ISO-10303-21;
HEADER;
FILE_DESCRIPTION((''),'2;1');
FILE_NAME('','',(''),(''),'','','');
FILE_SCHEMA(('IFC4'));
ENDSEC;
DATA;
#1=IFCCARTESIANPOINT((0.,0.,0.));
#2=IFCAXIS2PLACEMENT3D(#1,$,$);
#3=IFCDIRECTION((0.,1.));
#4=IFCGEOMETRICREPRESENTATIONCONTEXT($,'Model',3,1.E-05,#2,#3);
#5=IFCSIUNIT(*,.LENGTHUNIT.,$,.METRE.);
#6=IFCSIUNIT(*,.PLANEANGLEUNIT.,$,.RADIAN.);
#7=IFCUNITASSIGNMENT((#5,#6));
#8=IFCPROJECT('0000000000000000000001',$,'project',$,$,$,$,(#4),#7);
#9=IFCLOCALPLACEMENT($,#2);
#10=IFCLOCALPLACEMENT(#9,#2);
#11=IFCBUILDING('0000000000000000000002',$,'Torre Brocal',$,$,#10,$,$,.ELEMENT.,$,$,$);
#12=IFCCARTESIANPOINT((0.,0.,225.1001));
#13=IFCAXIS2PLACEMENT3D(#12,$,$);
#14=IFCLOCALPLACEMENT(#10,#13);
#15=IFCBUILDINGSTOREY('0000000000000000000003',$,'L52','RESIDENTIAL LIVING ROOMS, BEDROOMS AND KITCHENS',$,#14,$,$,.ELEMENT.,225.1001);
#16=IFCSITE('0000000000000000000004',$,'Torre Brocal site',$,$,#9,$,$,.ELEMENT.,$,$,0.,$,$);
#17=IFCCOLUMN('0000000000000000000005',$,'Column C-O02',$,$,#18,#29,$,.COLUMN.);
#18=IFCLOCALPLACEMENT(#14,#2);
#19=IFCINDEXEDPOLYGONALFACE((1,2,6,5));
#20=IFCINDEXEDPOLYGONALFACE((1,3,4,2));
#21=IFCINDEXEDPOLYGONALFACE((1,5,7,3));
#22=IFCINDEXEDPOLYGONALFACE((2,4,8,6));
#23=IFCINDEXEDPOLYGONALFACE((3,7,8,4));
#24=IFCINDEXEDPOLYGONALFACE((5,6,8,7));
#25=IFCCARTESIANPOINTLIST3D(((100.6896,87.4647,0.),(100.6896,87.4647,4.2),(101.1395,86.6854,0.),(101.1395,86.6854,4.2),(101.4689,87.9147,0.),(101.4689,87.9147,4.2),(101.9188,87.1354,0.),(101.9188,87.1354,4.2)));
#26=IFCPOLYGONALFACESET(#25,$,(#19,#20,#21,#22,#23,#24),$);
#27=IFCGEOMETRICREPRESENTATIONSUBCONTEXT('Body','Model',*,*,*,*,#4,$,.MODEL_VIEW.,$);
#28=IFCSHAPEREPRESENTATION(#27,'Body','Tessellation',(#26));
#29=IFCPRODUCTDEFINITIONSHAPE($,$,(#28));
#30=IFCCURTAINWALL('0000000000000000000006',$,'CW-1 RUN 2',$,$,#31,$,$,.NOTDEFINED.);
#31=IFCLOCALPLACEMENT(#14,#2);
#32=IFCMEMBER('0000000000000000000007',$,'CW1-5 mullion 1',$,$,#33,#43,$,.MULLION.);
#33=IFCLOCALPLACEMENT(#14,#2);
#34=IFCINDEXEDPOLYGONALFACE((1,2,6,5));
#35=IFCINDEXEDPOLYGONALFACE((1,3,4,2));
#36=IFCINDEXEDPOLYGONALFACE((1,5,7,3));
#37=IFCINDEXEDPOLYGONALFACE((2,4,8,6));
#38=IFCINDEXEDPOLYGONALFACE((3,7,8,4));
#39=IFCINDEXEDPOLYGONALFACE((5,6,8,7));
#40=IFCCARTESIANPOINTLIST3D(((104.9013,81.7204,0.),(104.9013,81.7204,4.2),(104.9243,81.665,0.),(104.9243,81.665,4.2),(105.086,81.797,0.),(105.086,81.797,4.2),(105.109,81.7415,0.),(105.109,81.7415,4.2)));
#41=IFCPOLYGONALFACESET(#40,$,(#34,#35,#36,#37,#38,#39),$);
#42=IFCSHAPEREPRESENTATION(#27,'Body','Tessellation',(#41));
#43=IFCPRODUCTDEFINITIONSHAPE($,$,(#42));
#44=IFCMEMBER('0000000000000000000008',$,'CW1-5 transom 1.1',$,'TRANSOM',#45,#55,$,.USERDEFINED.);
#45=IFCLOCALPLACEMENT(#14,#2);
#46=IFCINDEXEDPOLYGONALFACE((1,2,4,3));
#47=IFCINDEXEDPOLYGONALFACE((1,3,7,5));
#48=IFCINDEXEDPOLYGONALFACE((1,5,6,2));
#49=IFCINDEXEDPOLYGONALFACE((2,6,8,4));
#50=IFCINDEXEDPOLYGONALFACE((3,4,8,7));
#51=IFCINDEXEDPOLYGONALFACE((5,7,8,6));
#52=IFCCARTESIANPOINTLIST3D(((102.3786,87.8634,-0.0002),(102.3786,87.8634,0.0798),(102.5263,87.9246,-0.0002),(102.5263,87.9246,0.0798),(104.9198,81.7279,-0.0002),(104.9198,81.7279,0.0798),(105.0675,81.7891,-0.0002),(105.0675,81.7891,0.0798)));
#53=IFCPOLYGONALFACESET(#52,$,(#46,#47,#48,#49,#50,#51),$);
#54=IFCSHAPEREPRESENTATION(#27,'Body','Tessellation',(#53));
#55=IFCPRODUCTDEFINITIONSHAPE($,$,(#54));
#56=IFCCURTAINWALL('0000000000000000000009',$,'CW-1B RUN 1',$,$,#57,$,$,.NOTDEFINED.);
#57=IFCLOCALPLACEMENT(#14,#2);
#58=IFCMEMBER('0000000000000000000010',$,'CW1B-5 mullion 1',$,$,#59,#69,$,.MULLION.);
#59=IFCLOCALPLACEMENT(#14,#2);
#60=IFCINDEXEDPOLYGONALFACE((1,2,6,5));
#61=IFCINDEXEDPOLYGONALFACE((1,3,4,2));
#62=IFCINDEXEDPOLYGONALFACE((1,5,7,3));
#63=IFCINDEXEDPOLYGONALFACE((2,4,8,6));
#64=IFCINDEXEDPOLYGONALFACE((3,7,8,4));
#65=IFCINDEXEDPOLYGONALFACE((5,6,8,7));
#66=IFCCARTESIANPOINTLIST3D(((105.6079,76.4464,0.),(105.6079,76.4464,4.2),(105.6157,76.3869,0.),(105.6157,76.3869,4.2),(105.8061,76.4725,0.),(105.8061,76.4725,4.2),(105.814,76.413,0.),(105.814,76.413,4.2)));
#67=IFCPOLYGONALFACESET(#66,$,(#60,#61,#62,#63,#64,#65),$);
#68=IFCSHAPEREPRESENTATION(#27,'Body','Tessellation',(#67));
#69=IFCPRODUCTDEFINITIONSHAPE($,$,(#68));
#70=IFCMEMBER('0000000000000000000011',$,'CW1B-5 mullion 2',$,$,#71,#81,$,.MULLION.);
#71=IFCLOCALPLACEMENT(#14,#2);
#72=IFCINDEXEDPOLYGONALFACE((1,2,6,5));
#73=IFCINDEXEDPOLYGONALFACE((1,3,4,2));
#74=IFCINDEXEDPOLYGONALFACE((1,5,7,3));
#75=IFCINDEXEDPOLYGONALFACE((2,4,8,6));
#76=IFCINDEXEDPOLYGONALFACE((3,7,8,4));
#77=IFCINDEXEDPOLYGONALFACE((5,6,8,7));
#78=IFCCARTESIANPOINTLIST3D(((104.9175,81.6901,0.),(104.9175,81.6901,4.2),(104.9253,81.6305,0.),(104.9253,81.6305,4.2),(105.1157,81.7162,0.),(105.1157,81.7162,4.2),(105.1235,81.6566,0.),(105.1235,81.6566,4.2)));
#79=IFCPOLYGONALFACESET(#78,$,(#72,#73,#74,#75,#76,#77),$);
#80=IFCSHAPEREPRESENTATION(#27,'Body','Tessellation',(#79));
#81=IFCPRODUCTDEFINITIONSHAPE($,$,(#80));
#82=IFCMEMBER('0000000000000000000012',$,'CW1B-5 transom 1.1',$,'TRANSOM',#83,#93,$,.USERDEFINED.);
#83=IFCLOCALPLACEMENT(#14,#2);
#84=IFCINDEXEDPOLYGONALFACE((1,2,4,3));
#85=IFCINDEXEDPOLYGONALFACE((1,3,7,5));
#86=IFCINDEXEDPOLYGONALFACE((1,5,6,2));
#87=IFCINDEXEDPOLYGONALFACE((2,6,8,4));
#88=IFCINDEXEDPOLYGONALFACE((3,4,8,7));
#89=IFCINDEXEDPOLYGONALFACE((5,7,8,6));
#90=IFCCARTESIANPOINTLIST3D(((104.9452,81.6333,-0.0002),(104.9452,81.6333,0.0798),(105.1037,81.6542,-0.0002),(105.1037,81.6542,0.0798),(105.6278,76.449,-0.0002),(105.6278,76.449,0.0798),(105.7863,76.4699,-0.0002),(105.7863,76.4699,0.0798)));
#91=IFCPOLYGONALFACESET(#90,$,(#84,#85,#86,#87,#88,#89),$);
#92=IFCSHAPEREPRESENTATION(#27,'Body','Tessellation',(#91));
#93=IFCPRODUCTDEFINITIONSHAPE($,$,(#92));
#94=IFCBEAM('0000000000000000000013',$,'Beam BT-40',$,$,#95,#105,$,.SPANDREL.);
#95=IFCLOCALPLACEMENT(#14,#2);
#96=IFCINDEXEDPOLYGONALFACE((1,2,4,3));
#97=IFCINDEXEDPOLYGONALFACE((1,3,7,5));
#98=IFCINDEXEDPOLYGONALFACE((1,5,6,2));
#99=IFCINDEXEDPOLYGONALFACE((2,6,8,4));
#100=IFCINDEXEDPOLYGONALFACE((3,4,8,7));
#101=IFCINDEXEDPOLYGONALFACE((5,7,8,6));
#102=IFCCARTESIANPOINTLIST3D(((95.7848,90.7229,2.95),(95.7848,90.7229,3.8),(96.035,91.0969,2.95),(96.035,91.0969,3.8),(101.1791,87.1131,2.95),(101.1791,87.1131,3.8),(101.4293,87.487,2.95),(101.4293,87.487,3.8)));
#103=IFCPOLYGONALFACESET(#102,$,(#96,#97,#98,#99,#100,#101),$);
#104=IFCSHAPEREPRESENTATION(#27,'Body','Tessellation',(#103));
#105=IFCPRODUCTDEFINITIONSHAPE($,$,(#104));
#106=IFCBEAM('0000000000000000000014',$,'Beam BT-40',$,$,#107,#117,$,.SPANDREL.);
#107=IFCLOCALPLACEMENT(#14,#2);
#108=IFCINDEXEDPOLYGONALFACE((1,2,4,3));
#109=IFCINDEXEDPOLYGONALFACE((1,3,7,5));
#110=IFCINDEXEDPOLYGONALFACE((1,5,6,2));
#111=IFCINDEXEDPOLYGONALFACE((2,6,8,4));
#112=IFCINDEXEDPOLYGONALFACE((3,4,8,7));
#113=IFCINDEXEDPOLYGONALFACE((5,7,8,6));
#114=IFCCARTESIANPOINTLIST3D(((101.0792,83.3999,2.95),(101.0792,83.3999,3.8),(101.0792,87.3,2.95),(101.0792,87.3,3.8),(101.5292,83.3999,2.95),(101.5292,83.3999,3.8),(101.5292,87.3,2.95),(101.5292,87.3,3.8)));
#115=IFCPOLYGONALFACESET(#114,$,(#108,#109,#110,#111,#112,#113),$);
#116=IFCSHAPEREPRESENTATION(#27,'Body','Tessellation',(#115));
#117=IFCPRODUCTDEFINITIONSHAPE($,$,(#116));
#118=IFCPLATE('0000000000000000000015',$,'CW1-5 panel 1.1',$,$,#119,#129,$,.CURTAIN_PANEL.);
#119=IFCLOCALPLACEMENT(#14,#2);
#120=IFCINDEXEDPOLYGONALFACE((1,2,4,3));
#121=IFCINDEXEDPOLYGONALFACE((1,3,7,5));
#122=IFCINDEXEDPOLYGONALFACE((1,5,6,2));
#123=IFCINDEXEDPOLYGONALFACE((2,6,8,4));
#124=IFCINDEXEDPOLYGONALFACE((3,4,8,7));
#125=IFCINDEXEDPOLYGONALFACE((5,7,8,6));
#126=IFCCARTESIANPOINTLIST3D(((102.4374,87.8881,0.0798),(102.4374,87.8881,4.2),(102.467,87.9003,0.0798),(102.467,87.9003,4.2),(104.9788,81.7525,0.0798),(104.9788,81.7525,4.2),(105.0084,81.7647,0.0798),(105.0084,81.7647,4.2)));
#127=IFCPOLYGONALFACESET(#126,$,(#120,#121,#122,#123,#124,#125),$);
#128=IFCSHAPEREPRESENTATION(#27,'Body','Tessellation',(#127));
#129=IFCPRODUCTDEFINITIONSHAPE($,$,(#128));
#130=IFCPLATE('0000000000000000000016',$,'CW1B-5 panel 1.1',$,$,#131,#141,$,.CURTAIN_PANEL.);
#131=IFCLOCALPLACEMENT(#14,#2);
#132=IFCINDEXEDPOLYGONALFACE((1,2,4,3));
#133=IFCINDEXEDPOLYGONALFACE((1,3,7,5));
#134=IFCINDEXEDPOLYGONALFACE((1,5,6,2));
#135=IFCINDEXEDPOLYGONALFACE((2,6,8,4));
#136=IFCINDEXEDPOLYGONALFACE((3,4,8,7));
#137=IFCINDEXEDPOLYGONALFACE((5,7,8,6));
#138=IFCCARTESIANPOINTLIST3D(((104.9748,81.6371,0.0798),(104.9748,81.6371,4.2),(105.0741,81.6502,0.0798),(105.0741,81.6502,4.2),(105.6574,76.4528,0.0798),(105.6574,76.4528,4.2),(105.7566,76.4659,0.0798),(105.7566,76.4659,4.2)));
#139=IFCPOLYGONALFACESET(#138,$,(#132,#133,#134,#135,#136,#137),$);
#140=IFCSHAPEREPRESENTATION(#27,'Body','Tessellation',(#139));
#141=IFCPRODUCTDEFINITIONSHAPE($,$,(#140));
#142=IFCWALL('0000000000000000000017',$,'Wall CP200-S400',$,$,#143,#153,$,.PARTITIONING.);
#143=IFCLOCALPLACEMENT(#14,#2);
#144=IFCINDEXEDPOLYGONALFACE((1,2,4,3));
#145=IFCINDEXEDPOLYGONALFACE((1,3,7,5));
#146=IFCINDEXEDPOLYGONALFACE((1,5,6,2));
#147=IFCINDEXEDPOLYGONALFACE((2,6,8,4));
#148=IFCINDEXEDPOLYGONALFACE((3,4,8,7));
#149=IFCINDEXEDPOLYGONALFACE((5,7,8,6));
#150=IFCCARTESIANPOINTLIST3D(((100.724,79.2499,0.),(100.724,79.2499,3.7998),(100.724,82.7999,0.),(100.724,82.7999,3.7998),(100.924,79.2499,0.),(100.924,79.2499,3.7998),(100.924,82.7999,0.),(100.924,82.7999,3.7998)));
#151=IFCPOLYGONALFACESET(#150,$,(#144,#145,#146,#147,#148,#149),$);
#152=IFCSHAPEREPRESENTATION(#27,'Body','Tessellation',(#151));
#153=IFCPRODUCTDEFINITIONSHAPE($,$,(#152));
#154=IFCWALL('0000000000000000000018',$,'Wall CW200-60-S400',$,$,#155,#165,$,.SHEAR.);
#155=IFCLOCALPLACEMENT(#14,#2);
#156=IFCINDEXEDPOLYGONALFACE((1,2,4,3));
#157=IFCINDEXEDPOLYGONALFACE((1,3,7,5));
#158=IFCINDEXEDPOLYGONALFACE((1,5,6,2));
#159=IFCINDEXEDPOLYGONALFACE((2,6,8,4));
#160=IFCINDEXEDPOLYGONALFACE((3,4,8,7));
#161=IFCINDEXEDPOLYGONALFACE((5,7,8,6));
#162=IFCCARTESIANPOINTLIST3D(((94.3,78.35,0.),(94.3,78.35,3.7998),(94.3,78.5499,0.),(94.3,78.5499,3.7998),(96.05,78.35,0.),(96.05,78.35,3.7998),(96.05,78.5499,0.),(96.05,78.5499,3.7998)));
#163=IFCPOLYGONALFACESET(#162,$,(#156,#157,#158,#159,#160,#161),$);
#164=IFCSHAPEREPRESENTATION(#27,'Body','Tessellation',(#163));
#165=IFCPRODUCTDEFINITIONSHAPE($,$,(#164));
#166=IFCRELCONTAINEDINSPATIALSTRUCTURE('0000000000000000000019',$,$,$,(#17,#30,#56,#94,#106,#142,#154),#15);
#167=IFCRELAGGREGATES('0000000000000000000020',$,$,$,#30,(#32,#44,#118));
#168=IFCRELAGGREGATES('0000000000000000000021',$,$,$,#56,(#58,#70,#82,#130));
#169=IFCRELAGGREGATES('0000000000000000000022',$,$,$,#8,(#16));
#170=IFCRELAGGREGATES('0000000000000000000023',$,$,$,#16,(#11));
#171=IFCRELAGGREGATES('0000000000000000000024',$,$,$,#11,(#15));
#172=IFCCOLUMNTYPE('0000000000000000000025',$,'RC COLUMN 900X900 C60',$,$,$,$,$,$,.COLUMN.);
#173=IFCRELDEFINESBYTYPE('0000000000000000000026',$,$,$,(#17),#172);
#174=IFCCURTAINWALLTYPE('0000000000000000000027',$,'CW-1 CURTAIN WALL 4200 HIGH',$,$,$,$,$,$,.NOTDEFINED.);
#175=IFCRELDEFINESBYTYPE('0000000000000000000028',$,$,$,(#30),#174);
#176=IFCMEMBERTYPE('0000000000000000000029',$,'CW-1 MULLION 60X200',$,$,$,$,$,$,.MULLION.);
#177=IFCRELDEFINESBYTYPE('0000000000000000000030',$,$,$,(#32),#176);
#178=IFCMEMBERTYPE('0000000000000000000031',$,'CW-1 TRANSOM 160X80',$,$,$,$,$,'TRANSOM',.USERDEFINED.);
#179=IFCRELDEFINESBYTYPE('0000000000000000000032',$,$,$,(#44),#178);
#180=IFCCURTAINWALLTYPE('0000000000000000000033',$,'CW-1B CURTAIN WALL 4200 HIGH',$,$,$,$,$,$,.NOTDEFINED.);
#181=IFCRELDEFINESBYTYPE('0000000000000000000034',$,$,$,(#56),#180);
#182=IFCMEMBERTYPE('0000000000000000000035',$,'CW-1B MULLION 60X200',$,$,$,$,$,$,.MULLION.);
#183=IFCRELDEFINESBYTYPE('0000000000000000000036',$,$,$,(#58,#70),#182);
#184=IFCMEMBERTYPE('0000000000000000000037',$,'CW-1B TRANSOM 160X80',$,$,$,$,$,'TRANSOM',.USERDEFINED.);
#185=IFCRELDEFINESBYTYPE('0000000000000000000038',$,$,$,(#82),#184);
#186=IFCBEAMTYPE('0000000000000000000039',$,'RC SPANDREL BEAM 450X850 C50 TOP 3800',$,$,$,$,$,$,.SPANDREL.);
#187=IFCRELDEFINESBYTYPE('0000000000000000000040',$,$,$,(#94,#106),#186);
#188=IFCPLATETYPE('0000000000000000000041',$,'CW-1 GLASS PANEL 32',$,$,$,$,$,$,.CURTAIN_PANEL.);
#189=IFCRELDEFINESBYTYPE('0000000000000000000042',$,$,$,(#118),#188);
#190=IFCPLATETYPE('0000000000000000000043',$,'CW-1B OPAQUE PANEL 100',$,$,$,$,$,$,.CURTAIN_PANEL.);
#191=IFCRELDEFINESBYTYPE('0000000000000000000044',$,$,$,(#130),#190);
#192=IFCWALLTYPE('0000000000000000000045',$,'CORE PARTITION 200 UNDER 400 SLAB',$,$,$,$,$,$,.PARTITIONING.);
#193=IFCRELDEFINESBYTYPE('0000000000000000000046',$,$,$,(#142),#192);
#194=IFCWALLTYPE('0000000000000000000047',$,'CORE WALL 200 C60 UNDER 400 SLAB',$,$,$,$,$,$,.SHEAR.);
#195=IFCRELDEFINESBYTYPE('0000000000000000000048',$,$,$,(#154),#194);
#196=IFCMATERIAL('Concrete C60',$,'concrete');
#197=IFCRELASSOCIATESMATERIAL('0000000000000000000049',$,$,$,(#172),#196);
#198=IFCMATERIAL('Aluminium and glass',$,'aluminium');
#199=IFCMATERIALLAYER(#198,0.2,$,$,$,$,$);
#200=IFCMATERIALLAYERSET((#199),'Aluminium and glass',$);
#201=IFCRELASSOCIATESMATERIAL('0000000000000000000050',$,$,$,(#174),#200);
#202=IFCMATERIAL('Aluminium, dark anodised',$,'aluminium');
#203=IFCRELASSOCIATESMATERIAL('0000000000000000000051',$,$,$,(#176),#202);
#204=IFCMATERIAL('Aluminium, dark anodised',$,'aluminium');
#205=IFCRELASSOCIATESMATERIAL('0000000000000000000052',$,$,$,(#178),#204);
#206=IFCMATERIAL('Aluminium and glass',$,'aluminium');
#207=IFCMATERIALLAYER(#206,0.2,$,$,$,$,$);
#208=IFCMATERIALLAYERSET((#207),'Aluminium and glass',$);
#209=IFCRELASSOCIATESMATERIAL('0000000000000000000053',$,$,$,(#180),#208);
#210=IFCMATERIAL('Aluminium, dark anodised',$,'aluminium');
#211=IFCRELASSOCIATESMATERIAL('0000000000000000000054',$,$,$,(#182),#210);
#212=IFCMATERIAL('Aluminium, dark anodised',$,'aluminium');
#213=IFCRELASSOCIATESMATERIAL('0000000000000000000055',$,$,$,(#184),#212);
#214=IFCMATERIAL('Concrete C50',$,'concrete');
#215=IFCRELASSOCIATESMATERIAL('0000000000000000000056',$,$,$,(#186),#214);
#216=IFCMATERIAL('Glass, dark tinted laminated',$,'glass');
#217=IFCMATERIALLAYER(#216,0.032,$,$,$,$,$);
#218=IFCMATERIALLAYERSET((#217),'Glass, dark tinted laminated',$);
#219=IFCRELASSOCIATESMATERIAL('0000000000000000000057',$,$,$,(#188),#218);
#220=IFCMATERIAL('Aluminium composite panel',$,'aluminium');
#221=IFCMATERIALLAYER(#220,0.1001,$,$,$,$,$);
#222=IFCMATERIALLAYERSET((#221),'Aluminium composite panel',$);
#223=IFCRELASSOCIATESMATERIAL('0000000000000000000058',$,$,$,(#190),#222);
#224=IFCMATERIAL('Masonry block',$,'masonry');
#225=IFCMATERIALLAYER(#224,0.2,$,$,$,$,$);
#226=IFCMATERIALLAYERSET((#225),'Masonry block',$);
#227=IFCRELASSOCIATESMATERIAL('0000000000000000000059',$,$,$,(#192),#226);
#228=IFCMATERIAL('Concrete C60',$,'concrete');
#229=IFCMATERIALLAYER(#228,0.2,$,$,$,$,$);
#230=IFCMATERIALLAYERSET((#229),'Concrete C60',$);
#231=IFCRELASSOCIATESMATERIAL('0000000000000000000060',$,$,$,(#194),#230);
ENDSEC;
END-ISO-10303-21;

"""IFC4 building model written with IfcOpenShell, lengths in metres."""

from ifc_helpers import new_model, si_unit, direction, frame, frame_2d, origin, origin_2d, place, context, subcontext, project, spatial, rectangle, extrude, material, layer, layer_set, material_profile, profile_set, type_object, element, aggregate, save


model = new_model("IFC4")

# Units and contexts
model_context = context("Model", 3, precision=1e-05, world=origin(), true_north=direction((0.0, 1.0)))
body_context = subcontext(model_context, "Body", "Model", "MODEL_VIEW")
ifc_project = project(units=[si_unit("LENGTHUNIT", "METRE"), si_unit("PLANEANGLEUNIT", "RADIAN")], contexts=[model_context])

# Site, building, storey
site_placement = place(None, origin())
site = spatial("IfcSite", under=ifc_project, at=site_placement, Name="Torre Brocal site", CompositionType="ELEMENT", RefElevation=0.0)
building_placement = place(site_placement, origin())
building = spatial("IfcBuilding", under=site, at=building_placement, Name="Torre Brocal", CompositionType="ELEMENT")
storey_placement = place(building_placement, frame((0.0, 0.0, 225.1001)))
storey = spatial("IfcBuildingStorey", under=building, at=storey_placement, Name="L52", Description="RESIDENTIAL LIVING ROOMS, BEDROOMS AND KITCHENS", CompositionType="ELEMENT", Elevation=225.1001)

# Column
ifc_material_1 = material(Name="Concrete C60", Category="concrete")
ifc_material_profile_1 = material_profile(ifc_material_1, rectangle(XDim=0.8999, YDim=0.8999, at=origin_2d()), Name="RC 900X900")
ifc_profile_set_1 = profile_set([ifc_material_profile_1], Name="Concrete C60")
column_type = type_object("IfcColumnType", Name="RC COLUMN 900X900 C60", PredefinedType="COLUMN", material=ifc_profile_set_1)
column_placement = place(storey_placement, frame((101.3042, 87.3, 0.0), z_axis=(0.0, 0.0, 1.0), x_axis=(0.866025, 0.5, 0.0)))
element("IfcColumn", 1, at=column_placement, inside=storey, type_object=column_type, Name="Column C-O02", PredefinedType="COLUMN", context=body_context, shape_type="SweptSolid", body=[
    extrude(rectangle(XDim=0.8999, YDim=0.8999, at=origin_2d()), origin(), (0.0, 0.0, 1.0), 4.2),
])

# Curtain walls, members
ifc_material_2 = material(Name="Aluminium and glass", Category="aluminium")
ifc_layer_1 = layer(ifc_material_2, 0.2)
ifc_layer_set_1 = layer_set([ifc_layer_1], Name="Aluminium and glass")
curtain_wall_type_1 = type_object("IfcCurtainWallType", Name="CW-1 CURTAIN WALL 4200 HIGH", PredefinedType="NOTDEFINED", material=ifc_layer_set_1)
curtain_wall_1_placement = place(storey_placement, origin())
curtain_wall_1 = element("IfcCurtainWall", 2, at=curtain_wall_1_placement, inside=storey, type_object=curtain_wall_type_1, Name="CW-1 RUN 2", PredefinedType="NOTDEFINED")
ifc_material_3 = material(Name="Aluminium, dark anodised", Category="aluminium")
ifc_material_profile_2 = material_profile(ifc_material_3, rectangle(XDim=0.2, YDim=0.0601, at=origin_2d()), Name="CW-1 MULLION 60X200")
ifc_profile_set_2 = profile_set([ifc_material_profile_2], Name="Aluminium, dark anodised")
member_type_1 = type_object("IfcMemberType", Name="CW-1 MULLION 60X200", PredefinedType="MULLION", material=ifc_profile_set_2)
member_1_placement = place(storey_placement, frame((105.0051, 81.731, 0.0), z_axis=(0.0, 0.0, 1.0), x_axis=(-0.92388, -0.382683, 0.0)))
member_1 = element("IfcMember", 3, at=member_1_placement, type_object=member_type_1, Name="CW1-5 mullion 1", PredefinedType="MULLION", context=body_context, shape_type="SweptSolid", body=[
    extrude(rectangle(XDim=0.2, YDim=0.0601, at=origin_2d()), origin(), (0.0, 0.0, 1.0), 4.2),
])
ifc_material_4 = material(Name="Aluminium, dark anodised", Category="aluminium")
ifc_material_profile_3 = material_profile(ifc_material_4, rectangle(XDim=0.1599, YDim=0.0801, at=origin_2d()), Name="CW-1 TRANSOM 160X80")
ifc_profile_set_3 = profile_set([ifc_material_profile_3], Name="Aluminium, dark anodised")
member_type_2 = type_object("IfcMemberType", Name="CW-1 TRANSOM 160X80", ElementType="TRANSOM", PredefinedType="USERDEFINED", material=ifc_profile_set_3)
member_2_placement = place(storey_placement, frame((104.9937, 81.7585, 0.0398), z_axis=(-0.382665, 0.923887, 0.0), x_axis=(-0.923887, -0.382665, 0.0)))
member_2 = element("IfcMember", 4, at=member_2_placement, type_object=member_type_2, Name="CW1-5 transom 1.1", ObjectType="TRANSOM", PredefinedType="USERDEFINED", context=body_context, shape_type="SweptSolid", body=[
    extrude(rectangle(XDim=0.1599, YDim=0.0801, at=origin_2d()), origin(), (0.0, 0.0, 1.0), 6.6409),
])
ifc_material_5 = material(Name="Aluminium and glass", Category="aluminium")
ifc_layer_2 = layer(ifc_material_5, 0.2)
ifc_layer_set_2 = layer_set([ifc_layer_2], Name="Aluminium and glass")
curtain_wall_type_2 = type_object("IfcCurtainWallType", Name="CW-1B CURTAIN WALL 4200 HIGH", PredefinedType="NOTDEFINED", material=ifc_layer_set_2)
curtain_wall_2_placement = place(storey_placement, origin())
curtain_wall_2 = element("IfcCurtainWall", 5, at=curtain_wall_2_placement, inside=storey, type_object=curtain_wall_type_2, Name="CW-1B RUN 1", PredefinedType="NOTDEFINED")
ifc_material_6 = material(Name="Aluminium, dark anodised", Category="aluminium")
ifc_material_profile_4 = material_profile(ifc_material_6, rectangle(XDim=0.2, YDim=0.0601, at=origin_2d()), Name="CW-1B MULLION 60X200")
ifc_profile_set_4 = profile_set([ifc_material_profile_4], Name="Aluminium, dark anodised")
member_type_3 = type_object("IfcMemberType", Name="CW-1B MULLION 60X200", PredefinedType="MULLION", material=ifc_profile_set_4)
member_3_placement = place(storey_placement, frame((105.7109, 76.4297, 0.0), z_axis=(0.0, 0.0, 1.0), x_axis=(-0.991445, -0.130526, 0.0)))
member_3 = element("IfcMember", 6, at=member_3_placement, type_object=member_type_3, Name="CW1B-5 mullion 1", PredefinedType="MULLION", context=body_context, shape_type="SweptSolid", body=[
    extrude(rectangle(XDim=0.2, YDim=0.0601, at=origin_2d()), origin(), (0.0, 0.0, 1.0), 4.2),
])
member_4_placement = place(storey_placement, frame((105.0205, 81.6733, 0.0), z_axis=(0.0, 0.0, 1.0), x_axis=(-0.991445, -0.130526, 0.0)))
member_4 = element("IfcMember", 7, at=member_4_placement, type_object=member_type_3, Name="CW1B-5 mullion 2", PredefinedType="MULLION", context=body_context, shape_type="SweptSolid", body=[
    extrude(rectangle(XDim=0.2, YDim=0.0601, at=origin_2d()), origin(), (0.0, 0.0, 1.0), 4.2),
])
ifc_material_7 = material(Name="Aluminium, dark anodised", Category="aluminium")
ifc_material_profile_5 = material_profile(ifc_material_7, rectangle(XDim=0.1599, YDim=0.0801, at=origin_2d()), Name="CW-1B TRANSOM 160X80")
ifc_profile_set_5 = profile_set([ifc_material_profile_5], Name="Aluminium, dark anodised")
member_type_4 = type_object("IfcMemberType", Name="CW-1B TRANSOM 160X80", ElementType="TRANSOM", PredefinedType="USERDEFINED", material=ifc_profile_set_5)
member_5_placement = place(storey_placement, frame((105.707, 76.4595, 0.0398), z_axis=(-0.130543, 0.991443, 0.0), x_axis=(-0.991443, -0.130543, 0.0)))
member_5 = element("IfcMember", 8, at=member_5_placement, type_object=member_type_4, Name="CW1B-5 transom 1.1", ObjectType="TRANSOM", PredefinedType="USERDEFINED", context=body_context, shape_type="SweptSolid", body=[
    extrude(rectangle(XDim=0.1599, YDim=0.0801, at=origin_2d()), origin(), (0.0, 0.0, 1.0), 5.229),
])

# Beams
ifc_material_8 = material(Name="Concrete C50", Category="concrete")
ifc_material_profile_6 = material_profile(ifc_material_8, rectangle(XDim=0.45, YDim=0.8501, at=origin_2d()), Name="RC 450X850")
ifc_profile_set_6 = profile_set([ifc_material_profile_6], Name="Concrete C50")
beam_type = type_object("IfcBeamType", Name="RC SPANDREL BEAM 450X850 C50 TOP 3800", PredefinedType="SPANDREL", material=ifc_profile_set_6)
beam_1_placement = place(storey_placement, frame((101.3042, 87.3, 3.375), z_axis=(-0.831077, 0.556158, 0.0), x_axis=(-0.556158, -0.831077, 0.0)))
element("IfcBeam", 9, at=beam_1_placement, inside=storey, type_object=beam_type, Name="Beam BT-40", PredefinedType="SPANDREL", context=body_context, shape_type="SweptSolid", body=[
    extrude(rectangle(XDim=0.45, YDim=0.8501, at=origin_2d()), origin(), (0.0, 0.0, 1.0), 6.4907),
])
beam_2_placement = place(storey_placement, frame((101.3042, 87.3, 3.375), z_axis=(0.0, -1.0, 0.0), x_axis=(1.0, 0.0, 0.0)))
element("IfcBeam", 10, at=beam_2_placement, inside=storey, type_object=beam_type, Name="Beam BT-40", PredefinedType="SPANDREL", context=body_context, shape_type="SweptSolid", body=[
    extrude(rectangle(XDim=0.45, YDim=0.8501, at=origin_2d()), origin(), (0.0, 0.0, 1.0), 3.9001),
])

# Plates
ifc_material_9 = material(Name="Glass, dark tinted laminated", Category="glass")
ifc_layer_3 = layer(ifc_material_9, 0.032)
ifc_layer_set_3 = layer_set([ifc_layer_3], Name="Glass, dark tinted laminated")
plate_type_1 = type_object("IfcPlateType", Name="CW-1 GLASS PANEL 32", PredefinedType="CURTAIN_PANEL", material=ifc_layer_set_3)
plate_1_placement = place(storey_placement, frame((103.7229, 84.8264, 0.0798), z_axis=(0.0, 0.0, 1.0), x_axis=(-0.382683, 0.92388, 0.0)))
plate_1 = element("IfcPlate", 11, at=plate_1_placement, type_object=plate_type_1, Name="CW1-5 panel 1.1", PredefinedType="CURTAIN_PANEL", context=body_context, shape_type="SweptSolid", body=[
    extrude(rectangle(XDim=6.6411, YDim=0.032, at=origin_2d()), origin(), (0.0, 0.0, 1.0), 4.1201),
])
aggregate(curtain_wall_1, [member_1, member_2, plate_1])
ifc_material_10 = material(Name="Aluminium composite panel", Category="aluminium")
ifc_layer_4 = layer(ifc_material_10, 0.1001)
ifc_layer_set_4 = layer_set([ifc_layer_4], Name="Aluminium composite panel")
plate_type_2 = type_object("IfcPlateType", Name="CW-1B OPAQUE PANEL 100", PredefinedType="CURTAIN_PANEL", material=ifc_layer_set_4)
plate_2_placement = place(storey_placement, frame((105.3657, 79.0515, 0.0798), z_axis=(0.0, 0.0, 1.0), x_axis=(-0.130526, 0.991445, 0.0)))
plate_2 = element("IfcPlate", 12, at=plate_2_placement, type_object=plate_type_2, Name="CW1B-5 panel 1.1", PredefinedType="CURTAIN_PANEL", context=body_context, shape_type="SweptSolid", body=[
    extrude(rectangle(XDim=5.229, YDim=0.1001, at=origin_2d()), origin(), (0.0, 0.0, 1.0), 4.1201),
])
aggregate(curtain_wall_2, [member_3, member_4, member_5, plate_2])

# Walls
ifc_material_11 = material(Name="Masonry block", Category="masonry")
ifc_layer_5 = layer(ifc_material_11, 0.2)
ifc_layer_set_5 = layer_set([ifc_layer_5], Name="Masonry block")
wall_type_1 = type_object("IfcWallType", Name="CORE PARTITION 200 UNDER 400 SLAB", PredefinedType="PARTITIONING", material=ifc_layer_set_5)
wall_1_placement = place(storey_placement, frame((100.824, 79.25, 0.0), z_axis=(0.0, 0.0, 1.0), x_axis=(0.0, 1.0, 0.0)))
element("IfcWall", 13, at=wall_1_placement, inside=storey, type_object=wall_type_1, Name="Wall CP200-S400", PredefinedType="PARTITIONING", context=body_context, shape_type="SweptSolid", body=[
    extrude(rectangle(XDim=3.55, YDim=0.2, at=frame_2d((1.7749, 0.0))), origin(), (0.0, 0.0, 1.0), 3.7998),
])
ifc_material_12 = material(Name="Concrete C60", Category="concrete")
ifc_layer_6 = layer(ifc_material_12, 0.2)
ifc_layer_set_6 = layer_set([ifc_layer_6], Name="Concrete C60")
wall_type_2 = type_object("IfcWallType", Name="CORE WALL 200 C60 UNDER 400 SLAB", PredefinedType="SHEAR", material=ifc_layer_set_6)
wall_2_placement = place(storey_placement, frame((94.3, 78.45, 0.0), z_axis=(0.0, 0.0, 1.0), x_axis=(1.0, 0.0, 0.0)))
element("IfcWall", 14, at=wall_2_placement, inside=storey, type_object=wall_type_2, Name="Wall CW200-60-S400", PredefinedType="SHEAR", context=body_context, shape_type="SweptSolid", body=[
    extrude(rectangle(XDim=1.75, YDim=0.2, at=frame_2d((0.875, 0.0))), origin(), (0.0, 0.0, 1.0), 3.7998),
])

save(model, "model.ifc")
